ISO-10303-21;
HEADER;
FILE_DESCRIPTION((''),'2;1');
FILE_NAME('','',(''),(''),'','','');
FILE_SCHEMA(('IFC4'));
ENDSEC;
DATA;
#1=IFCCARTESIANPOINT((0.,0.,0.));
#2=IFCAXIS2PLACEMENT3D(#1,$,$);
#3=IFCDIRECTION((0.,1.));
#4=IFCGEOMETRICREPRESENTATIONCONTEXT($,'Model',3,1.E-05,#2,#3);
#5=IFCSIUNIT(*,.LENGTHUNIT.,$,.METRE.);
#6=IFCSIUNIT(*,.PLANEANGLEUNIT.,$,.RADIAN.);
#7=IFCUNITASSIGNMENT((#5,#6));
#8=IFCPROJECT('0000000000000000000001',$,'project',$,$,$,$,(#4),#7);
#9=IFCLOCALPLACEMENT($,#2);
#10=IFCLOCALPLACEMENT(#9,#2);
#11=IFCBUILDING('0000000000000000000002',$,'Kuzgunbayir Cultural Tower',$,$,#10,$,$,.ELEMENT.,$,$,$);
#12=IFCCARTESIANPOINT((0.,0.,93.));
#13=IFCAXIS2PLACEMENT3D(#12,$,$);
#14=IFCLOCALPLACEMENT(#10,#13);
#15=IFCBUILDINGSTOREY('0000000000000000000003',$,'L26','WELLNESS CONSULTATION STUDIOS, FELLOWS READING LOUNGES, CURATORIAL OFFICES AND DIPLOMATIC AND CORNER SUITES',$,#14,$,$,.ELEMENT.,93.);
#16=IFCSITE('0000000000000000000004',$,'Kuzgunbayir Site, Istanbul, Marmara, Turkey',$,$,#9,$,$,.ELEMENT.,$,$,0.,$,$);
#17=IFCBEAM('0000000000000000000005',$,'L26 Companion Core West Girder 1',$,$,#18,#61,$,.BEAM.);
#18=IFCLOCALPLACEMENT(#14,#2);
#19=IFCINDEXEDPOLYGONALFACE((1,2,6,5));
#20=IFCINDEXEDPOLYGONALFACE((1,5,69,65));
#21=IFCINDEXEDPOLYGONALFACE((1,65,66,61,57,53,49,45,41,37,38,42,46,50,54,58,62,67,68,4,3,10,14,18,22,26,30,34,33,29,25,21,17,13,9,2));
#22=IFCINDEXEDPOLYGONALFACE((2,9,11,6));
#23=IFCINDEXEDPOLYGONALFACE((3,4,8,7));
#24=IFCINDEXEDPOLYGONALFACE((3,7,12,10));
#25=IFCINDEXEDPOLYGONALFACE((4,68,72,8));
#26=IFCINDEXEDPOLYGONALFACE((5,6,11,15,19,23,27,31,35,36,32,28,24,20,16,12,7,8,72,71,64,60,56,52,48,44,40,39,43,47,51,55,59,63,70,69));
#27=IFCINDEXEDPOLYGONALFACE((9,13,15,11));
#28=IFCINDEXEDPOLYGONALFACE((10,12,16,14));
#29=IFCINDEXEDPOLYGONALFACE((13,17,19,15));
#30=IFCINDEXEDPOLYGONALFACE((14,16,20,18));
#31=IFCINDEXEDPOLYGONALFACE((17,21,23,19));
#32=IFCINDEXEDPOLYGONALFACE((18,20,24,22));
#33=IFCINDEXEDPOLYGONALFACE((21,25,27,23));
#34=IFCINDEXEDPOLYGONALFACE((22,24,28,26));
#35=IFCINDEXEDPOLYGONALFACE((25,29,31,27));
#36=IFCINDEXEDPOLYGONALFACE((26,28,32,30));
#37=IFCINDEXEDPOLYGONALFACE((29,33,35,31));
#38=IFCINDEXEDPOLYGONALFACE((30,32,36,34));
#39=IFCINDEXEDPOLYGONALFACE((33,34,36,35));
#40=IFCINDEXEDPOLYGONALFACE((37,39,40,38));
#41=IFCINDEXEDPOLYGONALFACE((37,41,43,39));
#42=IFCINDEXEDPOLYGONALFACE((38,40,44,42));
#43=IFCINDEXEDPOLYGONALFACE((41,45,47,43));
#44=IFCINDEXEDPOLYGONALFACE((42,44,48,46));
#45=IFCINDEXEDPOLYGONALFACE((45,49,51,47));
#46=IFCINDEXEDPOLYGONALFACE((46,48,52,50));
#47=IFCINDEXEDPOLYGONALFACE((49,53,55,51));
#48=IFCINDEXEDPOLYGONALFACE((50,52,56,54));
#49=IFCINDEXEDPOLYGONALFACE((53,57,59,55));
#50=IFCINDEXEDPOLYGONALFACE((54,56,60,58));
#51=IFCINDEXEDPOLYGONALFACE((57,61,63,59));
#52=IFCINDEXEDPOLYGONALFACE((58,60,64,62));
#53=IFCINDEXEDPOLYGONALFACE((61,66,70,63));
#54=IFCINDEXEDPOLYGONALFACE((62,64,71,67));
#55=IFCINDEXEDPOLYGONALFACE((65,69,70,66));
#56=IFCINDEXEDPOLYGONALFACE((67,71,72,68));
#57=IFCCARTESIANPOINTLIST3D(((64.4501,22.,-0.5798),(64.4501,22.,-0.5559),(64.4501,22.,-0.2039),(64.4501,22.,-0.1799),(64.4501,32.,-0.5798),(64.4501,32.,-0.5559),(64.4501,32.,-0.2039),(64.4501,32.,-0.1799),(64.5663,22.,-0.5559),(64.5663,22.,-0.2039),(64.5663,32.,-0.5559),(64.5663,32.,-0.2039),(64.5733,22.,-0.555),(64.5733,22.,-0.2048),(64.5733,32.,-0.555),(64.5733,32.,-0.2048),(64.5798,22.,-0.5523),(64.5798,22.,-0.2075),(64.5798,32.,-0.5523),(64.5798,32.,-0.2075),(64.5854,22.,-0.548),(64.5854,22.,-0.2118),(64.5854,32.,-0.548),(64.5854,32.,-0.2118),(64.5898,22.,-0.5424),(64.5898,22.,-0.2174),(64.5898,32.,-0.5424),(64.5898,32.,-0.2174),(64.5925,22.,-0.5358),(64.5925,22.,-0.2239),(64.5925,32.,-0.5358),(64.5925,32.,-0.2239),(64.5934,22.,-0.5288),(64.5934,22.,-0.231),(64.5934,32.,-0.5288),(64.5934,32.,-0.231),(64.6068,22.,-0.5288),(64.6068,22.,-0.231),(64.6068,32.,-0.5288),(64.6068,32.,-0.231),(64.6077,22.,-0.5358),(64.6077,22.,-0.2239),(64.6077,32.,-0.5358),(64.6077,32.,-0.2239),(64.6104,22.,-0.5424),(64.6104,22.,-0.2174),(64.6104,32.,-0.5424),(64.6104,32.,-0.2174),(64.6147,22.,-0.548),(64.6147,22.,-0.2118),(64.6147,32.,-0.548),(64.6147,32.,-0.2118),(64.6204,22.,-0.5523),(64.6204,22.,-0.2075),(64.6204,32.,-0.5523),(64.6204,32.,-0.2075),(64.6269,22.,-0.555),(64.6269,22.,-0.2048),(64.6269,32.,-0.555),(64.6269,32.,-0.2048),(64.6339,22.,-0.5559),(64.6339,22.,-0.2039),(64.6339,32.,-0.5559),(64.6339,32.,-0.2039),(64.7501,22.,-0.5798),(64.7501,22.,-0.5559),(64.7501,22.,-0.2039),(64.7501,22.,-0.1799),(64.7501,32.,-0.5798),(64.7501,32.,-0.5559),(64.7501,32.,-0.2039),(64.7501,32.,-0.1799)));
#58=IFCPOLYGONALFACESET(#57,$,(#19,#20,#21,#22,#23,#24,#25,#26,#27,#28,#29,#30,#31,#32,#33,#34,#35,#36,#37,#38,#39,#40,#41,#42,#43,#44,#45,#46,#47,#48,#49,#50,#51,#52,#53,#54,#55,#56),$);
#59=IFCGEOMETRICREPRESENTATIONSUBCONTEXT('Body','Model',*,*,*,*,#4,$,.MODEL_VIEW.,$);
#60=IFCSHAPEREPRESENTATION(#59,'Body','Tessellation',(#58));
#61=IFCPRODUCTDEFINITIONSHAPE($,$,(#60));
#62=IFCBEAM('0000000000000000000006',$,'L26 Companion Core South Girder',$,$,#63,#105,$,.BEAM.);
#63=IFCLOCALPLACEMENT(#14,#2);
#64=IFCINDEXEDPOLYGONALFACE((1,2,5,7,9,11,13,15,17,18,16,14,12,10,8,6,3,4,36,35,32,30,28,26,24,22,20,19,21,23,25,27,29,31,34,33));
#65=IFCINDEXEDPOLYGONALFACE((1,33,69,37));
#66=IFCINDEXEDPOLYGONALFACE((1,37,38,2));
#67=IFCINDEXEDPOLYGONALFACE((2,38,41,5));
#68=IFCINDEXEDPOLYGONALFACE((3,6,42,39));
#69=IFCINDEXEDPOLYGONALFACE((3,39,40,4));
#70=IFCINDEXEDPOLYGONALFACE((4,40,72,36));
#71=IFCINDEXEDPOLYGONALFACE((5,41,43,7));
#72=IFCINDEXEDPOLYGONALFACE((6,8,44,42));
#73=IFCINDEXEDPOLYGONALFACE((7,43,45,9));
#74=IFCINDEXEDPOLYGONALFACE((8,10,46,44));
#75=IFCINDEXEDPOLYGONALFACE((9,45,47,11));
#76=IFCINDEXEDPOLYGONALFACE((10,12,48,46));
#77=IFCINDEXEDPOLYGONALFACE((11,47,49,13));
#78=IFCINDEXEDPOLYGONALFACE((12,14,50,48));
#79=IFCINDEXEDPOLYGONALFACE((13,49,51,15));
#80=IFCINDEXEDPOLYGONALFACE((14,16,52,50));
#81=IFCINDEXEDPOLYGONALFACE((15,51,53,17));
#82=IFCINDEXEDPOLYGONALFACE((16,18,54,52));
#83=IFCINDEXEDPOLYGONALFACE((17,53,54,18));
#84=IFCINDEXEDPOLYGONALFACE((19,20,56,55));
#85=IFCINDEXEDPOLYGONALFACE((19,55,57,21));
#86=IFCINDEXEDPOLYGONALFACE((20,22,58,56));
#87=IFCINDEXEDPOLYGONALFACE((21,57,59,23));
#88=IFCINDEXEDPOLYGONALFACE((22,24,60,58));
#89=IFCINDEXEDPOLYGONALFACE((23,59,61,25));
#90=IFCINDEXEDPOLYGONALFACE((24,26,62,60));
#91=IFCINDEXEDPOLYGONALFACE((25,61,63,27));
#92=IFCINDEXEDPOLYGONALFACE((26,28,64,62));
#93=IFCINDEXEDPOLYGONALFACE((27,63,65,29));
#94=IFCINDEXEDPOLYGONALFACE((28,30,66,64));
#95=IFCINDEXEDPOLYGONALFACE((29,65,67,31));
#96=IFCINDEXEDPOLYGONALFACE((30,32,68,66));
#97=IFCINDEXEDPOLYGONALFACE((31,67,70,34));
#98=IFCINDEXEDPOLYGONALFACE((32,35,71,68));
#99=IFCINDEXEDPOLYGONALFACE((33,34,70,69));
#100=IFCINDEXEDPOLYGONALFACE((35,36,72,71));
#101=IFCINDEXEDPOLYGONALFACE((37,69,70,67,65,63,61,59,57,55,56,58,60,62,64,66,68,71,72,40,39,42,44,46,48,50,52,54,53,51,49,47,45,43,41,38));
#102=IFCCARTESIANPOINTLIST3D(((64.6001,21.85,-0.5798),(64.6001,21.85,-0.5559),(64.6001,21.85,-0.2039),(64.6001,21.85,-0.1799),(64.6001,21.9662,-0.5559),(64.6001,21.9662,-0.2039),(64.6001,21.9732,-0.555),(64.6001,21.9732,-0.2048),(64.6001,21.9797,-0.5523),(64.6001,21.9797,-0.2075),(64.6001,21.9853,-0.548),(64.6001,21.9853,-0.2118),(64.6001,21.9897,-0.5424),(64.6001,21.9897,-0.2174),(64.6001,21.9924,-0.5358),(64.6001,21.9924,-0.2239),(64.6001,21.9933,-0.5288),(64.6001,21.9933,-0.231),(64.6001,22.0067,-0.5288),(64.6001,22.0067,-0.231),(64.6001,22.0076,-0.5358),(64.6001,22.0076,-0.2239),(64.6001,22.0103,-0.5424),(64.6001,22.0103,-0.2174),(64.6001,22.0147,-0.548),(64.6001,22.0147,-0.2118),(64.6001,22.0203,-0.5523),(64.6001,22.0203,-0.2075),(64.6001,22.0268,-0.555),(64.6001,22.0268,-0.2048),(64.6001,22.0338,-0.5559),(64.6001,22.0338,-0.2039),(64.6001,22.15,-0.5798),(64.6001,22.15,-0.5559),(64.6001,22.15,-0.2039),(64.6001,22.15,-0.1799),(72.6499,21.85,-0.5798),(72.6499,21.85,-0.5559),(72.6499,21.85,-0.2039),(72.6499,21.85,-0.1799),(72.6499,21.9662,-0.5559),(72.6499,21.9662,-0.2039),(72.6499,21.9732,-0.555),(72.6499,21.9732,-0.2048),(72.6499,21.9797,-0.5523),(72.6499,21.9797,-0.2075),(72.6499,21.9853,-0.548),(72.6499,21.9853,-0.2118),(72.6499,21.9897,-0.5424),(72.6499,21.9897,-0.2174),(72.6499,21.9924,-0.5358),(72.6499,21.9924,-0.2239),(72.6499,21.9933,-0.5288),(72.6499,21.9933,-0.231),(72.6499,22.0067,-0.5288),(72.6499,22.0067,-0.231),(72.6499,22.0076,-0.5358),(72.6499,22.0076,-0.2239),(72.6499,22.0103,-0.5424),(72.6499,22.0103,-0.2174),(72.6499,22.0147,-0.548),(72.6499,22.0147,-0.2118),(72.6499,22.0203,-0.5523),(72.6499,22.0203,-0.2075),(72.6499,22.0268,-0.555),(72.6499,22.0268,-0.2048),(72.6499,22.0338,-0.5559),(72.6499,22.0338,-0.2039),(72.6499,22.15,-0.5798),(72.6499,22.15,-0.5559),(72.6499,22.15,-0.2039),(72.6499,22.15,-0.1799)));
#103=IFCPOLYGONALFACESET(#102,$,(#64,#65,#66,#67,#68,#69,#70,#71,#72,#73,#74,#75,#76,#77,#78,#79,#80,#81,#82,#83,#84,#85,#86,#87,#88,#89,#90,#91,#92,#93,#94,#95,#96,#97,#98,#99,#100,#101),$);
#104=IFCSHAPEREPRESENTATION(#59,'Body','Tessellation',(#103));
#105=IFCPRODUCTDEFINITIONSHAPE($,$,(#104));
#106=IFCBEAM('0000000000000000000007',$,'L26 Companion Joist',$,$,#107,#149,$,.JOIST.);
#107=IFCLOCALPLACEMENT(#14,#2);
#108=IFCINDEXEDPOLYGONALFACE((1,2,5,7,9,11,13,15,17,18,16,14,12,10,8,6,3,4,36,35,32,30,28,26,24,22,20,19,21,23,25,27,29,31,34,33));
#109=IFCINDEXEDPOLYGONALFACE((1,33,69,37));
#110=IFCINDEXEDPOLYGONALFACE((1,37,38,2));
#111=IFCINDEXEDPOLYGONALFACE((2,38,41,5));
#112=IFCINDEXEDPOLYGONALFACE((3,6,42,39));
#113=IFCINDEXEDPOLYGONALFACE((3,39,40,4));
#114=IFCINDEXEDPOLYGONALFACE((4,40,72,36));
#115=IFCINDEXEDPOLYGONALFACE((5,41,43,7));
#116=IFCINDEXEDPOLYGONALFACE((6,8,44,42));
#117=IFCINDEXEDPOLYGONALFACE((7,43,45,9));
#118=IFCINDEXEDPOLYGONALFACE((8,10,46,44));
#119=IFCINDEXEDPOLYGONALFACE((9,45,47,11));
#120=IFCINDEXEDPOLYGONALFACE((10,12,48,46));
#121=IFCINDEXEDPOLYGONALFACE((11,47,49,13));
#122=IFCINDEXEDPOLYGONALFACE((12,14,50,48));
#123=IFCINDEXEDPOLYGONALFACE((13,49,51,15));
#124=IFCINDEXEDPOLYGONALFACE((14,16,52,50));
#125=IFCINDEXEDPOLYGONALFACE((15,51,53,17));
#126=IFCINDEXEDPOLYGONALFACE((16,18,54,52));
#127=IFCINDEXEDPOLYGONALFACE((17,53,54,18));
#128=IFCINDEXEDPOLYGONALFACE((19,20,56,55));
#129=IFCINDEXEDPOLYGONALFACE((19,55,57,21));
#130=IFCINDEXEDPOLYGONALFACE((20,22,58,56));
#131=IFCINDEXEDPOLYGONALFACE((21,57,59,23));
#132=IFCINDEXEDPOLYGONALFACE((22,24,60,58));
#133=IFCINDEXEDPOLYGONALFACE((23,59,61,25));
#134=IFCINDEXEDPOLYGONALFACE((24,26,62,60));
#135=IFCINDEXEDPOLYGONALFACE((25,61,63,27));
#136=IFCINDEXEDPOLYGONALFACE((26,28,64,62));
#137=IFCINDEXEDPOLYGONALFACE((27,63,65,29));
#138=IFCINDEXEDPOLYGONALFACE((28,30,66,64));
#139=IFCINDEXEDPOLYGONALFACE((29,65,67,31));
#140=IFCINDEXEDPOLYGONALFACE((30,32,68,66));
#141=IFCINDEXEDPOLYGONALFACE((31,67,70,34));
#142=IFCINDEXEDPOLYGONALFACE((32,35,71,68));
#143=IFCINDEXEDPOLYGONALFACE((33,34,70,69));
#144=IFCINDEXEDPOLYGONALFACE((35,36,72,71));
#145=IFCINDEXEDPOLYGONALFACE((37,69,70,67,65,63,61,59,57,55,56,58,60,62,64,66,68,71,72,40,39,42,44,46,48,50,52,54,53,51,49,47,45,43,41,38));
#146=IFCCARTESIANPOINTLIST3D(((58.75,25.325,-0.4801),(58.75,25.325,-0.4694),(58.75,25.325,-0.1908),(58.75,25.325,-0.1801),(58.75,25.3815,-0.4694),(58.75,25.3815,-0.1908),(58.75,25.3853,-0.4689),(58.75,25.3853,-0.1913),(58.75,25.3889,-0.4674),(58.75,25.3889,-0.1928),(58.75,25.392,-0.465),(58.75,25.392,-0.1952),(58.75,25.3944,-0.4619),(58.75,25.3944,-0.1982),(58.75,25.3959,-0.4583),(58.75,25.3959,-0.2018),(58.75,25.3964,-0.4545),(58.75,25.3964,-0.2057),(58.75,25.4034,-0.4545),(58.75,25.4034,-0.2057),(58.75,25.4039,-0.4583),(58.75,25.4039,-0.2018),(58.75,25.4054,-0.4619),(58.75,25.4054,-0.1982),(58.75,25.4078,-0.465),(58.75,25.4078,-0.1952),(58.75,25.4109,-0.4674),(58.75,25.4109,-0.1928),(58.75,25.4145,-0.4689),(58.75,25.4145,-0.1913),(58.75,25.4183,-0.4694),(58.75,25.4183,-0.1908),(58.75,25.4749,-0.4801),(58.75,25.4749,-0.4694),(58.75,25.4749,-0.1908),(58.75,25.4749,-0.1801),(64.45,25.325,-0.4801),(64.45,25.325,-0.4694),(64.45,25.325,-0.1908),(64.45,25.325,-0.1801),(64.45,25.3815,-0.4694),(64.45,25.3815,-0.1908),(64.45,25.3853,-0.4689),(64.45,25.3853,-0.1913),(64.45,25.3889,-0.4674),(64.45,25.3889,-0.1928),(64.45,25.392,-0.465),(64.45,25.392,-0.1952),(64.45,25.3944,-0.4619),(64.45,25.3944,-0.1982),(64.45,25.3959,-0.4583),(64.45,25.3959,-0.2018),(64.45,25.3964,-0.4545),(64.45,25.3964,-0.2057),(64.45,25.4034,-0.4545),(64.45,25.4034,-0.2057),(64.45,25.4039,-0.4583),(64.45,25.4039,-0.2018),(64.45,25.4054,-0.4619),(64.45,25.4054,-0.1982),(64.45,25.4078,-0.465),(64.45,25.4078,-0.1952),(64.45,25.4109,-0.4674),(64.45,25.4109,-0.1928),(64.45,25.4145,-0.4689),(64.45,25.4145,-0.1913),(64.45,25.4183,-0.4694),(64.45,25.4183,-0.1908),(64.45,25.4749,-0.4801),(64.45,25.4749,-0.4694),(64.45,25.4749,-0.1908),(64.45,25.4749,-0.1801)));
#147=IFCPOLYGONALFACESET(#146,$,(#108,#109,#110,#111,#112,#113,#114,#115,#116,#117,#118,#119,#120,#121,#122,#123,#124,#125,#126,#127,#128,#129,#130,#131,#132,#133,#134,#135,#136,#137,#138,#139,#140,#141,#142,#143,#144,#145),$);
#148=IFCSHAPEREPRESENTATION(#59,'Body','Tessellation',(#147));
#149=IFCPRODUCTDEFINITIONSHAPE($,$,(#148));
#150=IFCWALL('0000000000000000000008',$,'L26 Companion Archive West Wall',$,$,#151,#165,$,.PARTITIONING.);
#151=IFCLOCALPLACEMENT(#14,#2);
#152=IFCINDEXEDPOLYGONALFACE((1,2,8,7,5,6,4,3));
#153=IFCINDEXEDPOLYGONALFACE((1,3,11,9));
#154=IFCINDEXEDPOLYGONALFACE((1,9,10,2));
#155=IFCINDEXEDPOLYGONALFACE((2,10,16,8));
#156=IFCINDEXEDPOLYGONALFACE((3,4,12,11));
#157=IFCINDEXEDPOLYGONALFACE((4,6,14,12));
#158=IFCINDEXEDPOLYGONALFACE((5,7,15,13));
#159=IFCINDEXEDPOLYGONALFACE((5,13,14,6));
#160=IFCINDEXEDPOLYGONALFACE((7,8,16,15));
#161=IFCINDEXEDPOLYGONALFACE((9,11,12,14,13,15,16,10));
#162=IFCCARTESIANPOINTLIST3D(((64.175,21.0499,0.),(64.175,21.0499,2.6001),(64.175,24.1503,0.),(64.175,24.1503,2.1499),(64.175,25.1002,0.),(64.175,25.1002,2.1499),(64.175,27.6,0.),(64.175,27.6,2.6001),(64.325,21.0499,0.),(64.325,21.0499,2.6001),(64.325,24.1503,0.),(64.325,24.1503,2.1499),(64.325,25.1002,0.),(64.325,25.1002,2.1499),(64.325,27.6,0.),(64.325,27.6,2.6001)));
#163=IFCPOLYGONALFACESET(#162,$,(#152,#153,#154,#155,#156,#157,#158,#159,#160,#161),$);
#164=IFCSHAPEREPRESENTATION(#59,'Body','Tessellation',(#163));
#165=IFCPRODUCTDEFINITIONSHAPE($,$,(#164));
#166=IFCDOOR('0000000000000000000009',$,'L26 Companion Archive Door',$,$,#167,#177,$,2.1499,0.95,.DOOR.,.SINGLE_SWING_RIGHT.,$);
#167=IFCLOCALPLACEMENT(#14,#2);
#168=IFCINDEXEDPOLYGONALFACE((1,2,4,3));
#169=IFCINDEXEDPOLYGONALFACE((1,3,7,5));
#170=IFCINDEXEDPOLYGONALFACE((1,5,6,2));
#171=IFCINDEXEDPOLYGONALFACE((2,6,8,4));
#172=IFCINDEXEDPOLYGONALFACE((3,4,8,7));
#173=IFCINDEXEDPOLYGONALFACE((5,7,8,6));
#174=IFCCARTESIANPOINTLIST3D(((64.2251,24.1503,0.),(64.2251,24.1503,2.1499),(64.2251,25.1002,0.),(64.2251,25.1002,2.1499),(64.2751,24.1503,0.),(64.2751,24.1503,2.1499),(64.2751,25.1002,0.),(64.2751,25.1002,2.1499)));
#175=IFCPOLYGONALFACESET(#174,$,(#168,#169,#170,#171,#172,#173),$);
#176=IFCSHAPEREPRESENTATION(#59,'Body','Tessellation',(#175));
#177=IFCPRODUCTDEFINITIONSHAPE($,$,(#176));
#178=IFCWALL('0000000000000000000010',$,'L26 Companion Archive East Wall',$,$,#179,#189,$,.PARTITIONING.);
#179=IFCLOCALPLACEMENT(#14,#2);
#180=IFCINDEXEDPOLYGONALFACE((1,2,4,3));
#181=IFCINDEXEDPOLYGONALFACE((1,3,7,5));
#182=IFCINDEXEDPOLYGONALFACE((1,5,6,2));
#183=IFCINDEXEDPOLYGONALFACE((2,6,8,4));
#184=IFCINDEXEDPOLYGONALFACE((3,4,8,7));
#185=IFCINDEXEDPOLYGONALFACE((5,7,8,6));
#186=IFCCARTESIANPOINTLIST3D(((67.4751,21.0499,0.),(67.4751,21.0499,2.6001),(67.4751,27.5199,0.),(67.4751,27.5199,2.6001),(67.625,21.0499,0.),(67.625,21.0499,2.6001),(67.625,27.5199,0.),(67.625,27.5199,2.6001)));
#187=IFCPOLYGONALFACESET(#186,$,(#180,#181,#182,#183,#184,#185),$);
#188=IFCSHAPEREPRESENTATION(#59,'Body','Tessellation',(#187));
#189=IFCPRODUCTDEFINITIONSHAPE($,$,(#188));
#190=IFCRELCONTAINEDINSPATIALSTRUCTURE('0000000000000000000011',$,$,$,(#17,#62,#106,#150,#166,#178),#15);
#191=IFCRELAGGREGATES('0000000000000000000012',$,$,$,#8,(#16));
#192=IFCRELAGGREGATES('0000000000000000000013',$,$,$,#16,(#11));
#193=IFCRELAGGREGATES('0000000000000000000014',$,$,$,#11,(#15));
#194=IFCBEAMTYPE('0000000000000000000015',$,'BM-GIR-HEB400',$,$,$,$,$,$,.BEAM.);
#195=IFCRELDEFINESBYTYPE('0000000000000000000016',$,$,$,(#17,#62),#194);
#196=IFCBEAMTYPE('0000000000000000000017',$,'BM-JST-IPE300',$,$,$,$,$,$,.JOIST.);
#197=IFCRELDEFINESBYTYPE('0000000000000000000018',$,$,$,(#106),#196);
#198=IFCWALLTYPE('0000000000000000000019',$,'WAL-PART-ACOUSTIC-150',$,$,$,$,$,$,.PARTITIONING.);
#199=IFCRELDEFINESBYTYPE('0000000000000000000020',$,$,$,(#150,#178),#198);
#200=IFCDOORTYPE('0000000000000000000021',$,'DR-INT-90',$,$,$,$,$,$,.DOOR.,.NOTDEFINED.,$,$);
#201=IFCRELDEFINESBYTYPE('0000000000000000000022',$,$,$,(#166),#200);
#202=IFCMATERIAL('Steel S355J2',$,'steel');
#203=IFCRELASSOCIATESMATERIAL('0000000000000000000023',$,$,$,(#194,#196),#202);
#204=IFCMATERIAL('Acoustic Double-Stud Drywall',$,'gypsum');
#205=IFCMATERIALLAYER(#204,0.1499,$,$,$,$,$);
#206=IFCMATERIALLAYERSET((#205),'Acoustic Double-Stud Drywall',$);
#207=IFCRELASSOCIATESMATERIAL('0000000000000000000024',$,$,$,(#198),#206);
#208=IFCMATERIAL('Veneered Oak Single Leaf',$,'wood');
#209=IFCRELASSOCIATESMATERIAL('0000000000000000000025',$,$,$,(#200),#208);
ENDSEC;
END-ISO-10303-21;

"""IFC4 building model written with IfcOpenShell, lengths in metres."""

from ifc_helpers import new_model, si_unit, direction, frame, frame_2d, origin, origin_2d, place, context, subcontext, project, spatial, rectangle, i_section, extrude, material, layer, layer_set, material_profile, profile_set, type_object, element, fill, save


model = new_model("IFC4")

# Units and contexts
model_context = context("Model", 3, precision=1e-05, world=origin(), true_north=direction((0.0, 1.0)))
body_context = subcontext(model_context, "Body", "Model", "MODEL_VIEW")
ifc_project = project(units=[si_unit("LENGTHUNIT", "METRE"), si_unit("PLANEANGLEUNIT", "RADIAN")], contexts=[model_context])

# Site, building, storey
site_placement = place(None, origin())
site = spatial("IfcSite", under=ifc_project, at=site_placement, Name="Kuzgunbayir Site, Istanbul, Marmara, Turkey", CompositionType="ELEMENT", RefElevation=0.0)
building_placement = place(site_placement, origin())
building = spatial("IfcBuilding", under=site, at=building_placement, Name="Kuzgunbayir Cultural Tower", CompositionType="ELEMENT")
storey_placement = place(building_placement, frame((0.0, 0.0, 93.0)))
storey = spatial("IfcBuildingStorey", under=building, at=storey_placement, Name="L26", Description="WELLNESS CONSULTATION STUDIOS, FELLOWS READING LOUNGES, CURATORIAL OFFICES AND DIPLOMATIC AND CORNER SUITES", CompositionType="ELEMENT", Elevation=93.0)

# Beams
ifc_material_1 = material(Name="Steel S355J2", Category="steel")
ifc_material_profile_1 = material_profile(ifc_material_1, i_section(OverallWidth=0.3, OverallDepth=0.3999, WebThickness=0.0134, FlangeThickness=0.0239, FilletRadius=0.0271, at=origin_2d()), Name="HEB 400")
ifc_profile_set_1 = profile_set([ifc_material_profile_1], Name="Steel S355J2")
beam_type_1 = type_object("IfcBeamType", Name="BM-GIR-HEB400", PredefinedType="BEAM", material=ifc_profile_set_1)
beam_1_placement = place(storey_placement, frame((64.6001, 22.0, -0.3799), z_axis=(0.0, 1.0, 0.0), x_axis=(-1.0, 0.0, 0.0)))
element("IfcBeam", 1, at=beam_1_placement, inside=storey, type_object=beam_type_1, Name="L26 Companion Core West Girder 1", PredefinedType="BEAM", context=body_context, shape_type="SweptSolid", body=[
    extrude(i_section(OverallWidth=0.3, OverallDepth=0.3999, WebThickness=0.0134, FlangeThickness=0.0239, FilletRadius=0.0271, at=origin_2d()), origin(), (0.0, 0.0, 1.0), 10.0),
])
beam_2_placement = place(storey_placement, frame((64.6001, 22.0, -0.3799), z_axis=(1.0, 0.0, 0.0), x_axis=(0.0, 1.0, 0.0)))
element("IfcBeam", 2, at=beam_2_placement, inside=storey, type_object=beam_type_1, Name="L26 Companion Core South Girder", PredefinedType="BEAM", context=body_context, shape_type="SweptSolid", body=[
    extrude(i_section(OverallWidth=0.3, OverallDepth=0.3999, WebThickness=0.0134, FlangeThickness=0.0239, FilletRadius=0.0271, at=origin_2d()), origin(), (0.0, 0.0, 1.0), 8.0498),
])
ifc_material_profile_2 = material_profile(ifc_material_1, i_section(OverallWidth=0.1499, OverallDepth=0.3, WebThickness=0.0071, FlangeThickness=0.0107, FilletRadius=0.0149, at=origin_2d()), Name="IPE 300")
ifc_profile_set_2 = profile_set([ifc_material_profile_2], Name="Steel S355J2")
beam_type_2 = type_object("IfcBeamType", Name="BM-JST-IPE300", PredefinedType="JOIST", material=ifc_profile_set_2)
beam_3_placement = place(storey_placement, frame((58.75, 25.3999, -0.3301), z_axis=(1.0, 0.0, 0.0), x_axis=(0.0, 1.0, 0.0)))
element("IfcBeam", 3, at=beam_3_placement, inside=storey, type_object=beam_type_2, Name="L26 Companion Joist", PredefinedType="JOIST", context=body_context, shape_type="SweptSolid", body=[
    extrude(i_section(OverallWidth=0.1499, OverallDepth=0.3, WebThickness=0.0071, FlangeThickness=0.0107, FilletRadius=0.0149, at=origin_2d()), origin(), (0.0, 0.0, 1.0), 5.7),
])

# Wall, opening, door
ifc_material_2 = material(Name="Acoustic Double-Stud Drywall", Category="gypsum")
ifc_layer_1 = layer(ifc_material_2, 0.1499)
ifc_layer_set_1 = layer_set([ifc_layer_1], Name="Acoustic Double-Stud Drywall")
wall_type_1 = type_object("IfcWallType", Name="WAL-PART-ACOUSTIC-150", PredefinedType="PARTITIONING", material=ifc_layer_set_1)
wall_1_placement = place(storey_placement, frame((64.25, 21.05, 0.0), z_axis=(0.0, 0.0, 1.0), x_axis=(0.0, 1.0, 0.0)))
wall_1 = element("IfcWall", 4, at=wall_1_placement, inside=storey, type_object=wall_type_1, Name="L26 Companion Archive West Wall", PredefinedType="PARTITIONING", context=body_context, shape_type="SweptSolid", body=[
    extrude(rectangle(XDim=6.55, YDim=0.1499, at=frame_2d((3.2749, 0.0))), origin(), (0.0, 0.0, 1.0), 2.6001),
])
opening_1_placement = place(wall_1_placement, frame((3.1001, 0.0, 0.0)))
opening_1 = element("IfcOpeningElement", 5, at=opening_1_placement, cuts=wall_1, PredefinedType="OPENING", context=body_context, shape_type="SweptSolid", body=[
    extrude(rectangle(XDim=0.95, YDim=2.1499, at=frame_2d((0.4751, 1.075))), frame((0.0, 0.085, 0.0), z_axis=(0.0, -1.0, 0.0), x_axis=(1.0, 0.0, 0.0)), (0.0, 0.0, 1.0), 0.1699),
])
ifc_material_3 = material(Name="Veneered Oak Single Leaf", Category="wood")
door_type_1 = type_object("IfcDoorType", Name="DR-INT-90", OperationType="NOTDEFINED", PredefinedType="DOOR", material=ifc_material_3)
door_1_placement = place(opening_1_placement, origin())
door_1 = element("IfcDoor", 6, at=door_1_placement, inside=storey, type_object=door_type_1, Name="L26 Companion Archive Door", OperationType="SINGLE_SWING_RIGHT", OverallHeight=2.1499, OverallWidth=0.95, PredefinedType="DOOR", context=body_context, shape_type="SweptSolid", body=[
    extrude(rectangle(XDim=0.95, YDim=2.1499, at=frame_2d((0.4751, 1.075))), frame((0.0, 0.0249, 0.0), z_axis=(0.0, -1.0, 0.0), x_axis=(1.0, 0.0, 0.0)), (0.0, 0.0, 1.0), 0.05),
])
fill(opening_1, door_1)

# Wall
wall_2_placement = place(storey_placement, frame((67.55, 21.05, 0.0), z_axis=(0.0, 0.0, 1.0), x_axis=(0.0, 1.0, 0.0)))
element("IfcWall", 7, at=wall_2_placement, inside=storey, type_object=wall_type_1, Name="L26 Companion Archive East Wall", PredefinedType="PARTITIONING", context=body_context, shape_type="SweptSolid", body=[
    extrude(rectangle(XDim=6.47, YDim=0.1499, at=frame_2d((3.2349, 0.0))), origin(), (0.0, 0.0, 1.0), 2.6001),
])

save(model, "model.ifc")
